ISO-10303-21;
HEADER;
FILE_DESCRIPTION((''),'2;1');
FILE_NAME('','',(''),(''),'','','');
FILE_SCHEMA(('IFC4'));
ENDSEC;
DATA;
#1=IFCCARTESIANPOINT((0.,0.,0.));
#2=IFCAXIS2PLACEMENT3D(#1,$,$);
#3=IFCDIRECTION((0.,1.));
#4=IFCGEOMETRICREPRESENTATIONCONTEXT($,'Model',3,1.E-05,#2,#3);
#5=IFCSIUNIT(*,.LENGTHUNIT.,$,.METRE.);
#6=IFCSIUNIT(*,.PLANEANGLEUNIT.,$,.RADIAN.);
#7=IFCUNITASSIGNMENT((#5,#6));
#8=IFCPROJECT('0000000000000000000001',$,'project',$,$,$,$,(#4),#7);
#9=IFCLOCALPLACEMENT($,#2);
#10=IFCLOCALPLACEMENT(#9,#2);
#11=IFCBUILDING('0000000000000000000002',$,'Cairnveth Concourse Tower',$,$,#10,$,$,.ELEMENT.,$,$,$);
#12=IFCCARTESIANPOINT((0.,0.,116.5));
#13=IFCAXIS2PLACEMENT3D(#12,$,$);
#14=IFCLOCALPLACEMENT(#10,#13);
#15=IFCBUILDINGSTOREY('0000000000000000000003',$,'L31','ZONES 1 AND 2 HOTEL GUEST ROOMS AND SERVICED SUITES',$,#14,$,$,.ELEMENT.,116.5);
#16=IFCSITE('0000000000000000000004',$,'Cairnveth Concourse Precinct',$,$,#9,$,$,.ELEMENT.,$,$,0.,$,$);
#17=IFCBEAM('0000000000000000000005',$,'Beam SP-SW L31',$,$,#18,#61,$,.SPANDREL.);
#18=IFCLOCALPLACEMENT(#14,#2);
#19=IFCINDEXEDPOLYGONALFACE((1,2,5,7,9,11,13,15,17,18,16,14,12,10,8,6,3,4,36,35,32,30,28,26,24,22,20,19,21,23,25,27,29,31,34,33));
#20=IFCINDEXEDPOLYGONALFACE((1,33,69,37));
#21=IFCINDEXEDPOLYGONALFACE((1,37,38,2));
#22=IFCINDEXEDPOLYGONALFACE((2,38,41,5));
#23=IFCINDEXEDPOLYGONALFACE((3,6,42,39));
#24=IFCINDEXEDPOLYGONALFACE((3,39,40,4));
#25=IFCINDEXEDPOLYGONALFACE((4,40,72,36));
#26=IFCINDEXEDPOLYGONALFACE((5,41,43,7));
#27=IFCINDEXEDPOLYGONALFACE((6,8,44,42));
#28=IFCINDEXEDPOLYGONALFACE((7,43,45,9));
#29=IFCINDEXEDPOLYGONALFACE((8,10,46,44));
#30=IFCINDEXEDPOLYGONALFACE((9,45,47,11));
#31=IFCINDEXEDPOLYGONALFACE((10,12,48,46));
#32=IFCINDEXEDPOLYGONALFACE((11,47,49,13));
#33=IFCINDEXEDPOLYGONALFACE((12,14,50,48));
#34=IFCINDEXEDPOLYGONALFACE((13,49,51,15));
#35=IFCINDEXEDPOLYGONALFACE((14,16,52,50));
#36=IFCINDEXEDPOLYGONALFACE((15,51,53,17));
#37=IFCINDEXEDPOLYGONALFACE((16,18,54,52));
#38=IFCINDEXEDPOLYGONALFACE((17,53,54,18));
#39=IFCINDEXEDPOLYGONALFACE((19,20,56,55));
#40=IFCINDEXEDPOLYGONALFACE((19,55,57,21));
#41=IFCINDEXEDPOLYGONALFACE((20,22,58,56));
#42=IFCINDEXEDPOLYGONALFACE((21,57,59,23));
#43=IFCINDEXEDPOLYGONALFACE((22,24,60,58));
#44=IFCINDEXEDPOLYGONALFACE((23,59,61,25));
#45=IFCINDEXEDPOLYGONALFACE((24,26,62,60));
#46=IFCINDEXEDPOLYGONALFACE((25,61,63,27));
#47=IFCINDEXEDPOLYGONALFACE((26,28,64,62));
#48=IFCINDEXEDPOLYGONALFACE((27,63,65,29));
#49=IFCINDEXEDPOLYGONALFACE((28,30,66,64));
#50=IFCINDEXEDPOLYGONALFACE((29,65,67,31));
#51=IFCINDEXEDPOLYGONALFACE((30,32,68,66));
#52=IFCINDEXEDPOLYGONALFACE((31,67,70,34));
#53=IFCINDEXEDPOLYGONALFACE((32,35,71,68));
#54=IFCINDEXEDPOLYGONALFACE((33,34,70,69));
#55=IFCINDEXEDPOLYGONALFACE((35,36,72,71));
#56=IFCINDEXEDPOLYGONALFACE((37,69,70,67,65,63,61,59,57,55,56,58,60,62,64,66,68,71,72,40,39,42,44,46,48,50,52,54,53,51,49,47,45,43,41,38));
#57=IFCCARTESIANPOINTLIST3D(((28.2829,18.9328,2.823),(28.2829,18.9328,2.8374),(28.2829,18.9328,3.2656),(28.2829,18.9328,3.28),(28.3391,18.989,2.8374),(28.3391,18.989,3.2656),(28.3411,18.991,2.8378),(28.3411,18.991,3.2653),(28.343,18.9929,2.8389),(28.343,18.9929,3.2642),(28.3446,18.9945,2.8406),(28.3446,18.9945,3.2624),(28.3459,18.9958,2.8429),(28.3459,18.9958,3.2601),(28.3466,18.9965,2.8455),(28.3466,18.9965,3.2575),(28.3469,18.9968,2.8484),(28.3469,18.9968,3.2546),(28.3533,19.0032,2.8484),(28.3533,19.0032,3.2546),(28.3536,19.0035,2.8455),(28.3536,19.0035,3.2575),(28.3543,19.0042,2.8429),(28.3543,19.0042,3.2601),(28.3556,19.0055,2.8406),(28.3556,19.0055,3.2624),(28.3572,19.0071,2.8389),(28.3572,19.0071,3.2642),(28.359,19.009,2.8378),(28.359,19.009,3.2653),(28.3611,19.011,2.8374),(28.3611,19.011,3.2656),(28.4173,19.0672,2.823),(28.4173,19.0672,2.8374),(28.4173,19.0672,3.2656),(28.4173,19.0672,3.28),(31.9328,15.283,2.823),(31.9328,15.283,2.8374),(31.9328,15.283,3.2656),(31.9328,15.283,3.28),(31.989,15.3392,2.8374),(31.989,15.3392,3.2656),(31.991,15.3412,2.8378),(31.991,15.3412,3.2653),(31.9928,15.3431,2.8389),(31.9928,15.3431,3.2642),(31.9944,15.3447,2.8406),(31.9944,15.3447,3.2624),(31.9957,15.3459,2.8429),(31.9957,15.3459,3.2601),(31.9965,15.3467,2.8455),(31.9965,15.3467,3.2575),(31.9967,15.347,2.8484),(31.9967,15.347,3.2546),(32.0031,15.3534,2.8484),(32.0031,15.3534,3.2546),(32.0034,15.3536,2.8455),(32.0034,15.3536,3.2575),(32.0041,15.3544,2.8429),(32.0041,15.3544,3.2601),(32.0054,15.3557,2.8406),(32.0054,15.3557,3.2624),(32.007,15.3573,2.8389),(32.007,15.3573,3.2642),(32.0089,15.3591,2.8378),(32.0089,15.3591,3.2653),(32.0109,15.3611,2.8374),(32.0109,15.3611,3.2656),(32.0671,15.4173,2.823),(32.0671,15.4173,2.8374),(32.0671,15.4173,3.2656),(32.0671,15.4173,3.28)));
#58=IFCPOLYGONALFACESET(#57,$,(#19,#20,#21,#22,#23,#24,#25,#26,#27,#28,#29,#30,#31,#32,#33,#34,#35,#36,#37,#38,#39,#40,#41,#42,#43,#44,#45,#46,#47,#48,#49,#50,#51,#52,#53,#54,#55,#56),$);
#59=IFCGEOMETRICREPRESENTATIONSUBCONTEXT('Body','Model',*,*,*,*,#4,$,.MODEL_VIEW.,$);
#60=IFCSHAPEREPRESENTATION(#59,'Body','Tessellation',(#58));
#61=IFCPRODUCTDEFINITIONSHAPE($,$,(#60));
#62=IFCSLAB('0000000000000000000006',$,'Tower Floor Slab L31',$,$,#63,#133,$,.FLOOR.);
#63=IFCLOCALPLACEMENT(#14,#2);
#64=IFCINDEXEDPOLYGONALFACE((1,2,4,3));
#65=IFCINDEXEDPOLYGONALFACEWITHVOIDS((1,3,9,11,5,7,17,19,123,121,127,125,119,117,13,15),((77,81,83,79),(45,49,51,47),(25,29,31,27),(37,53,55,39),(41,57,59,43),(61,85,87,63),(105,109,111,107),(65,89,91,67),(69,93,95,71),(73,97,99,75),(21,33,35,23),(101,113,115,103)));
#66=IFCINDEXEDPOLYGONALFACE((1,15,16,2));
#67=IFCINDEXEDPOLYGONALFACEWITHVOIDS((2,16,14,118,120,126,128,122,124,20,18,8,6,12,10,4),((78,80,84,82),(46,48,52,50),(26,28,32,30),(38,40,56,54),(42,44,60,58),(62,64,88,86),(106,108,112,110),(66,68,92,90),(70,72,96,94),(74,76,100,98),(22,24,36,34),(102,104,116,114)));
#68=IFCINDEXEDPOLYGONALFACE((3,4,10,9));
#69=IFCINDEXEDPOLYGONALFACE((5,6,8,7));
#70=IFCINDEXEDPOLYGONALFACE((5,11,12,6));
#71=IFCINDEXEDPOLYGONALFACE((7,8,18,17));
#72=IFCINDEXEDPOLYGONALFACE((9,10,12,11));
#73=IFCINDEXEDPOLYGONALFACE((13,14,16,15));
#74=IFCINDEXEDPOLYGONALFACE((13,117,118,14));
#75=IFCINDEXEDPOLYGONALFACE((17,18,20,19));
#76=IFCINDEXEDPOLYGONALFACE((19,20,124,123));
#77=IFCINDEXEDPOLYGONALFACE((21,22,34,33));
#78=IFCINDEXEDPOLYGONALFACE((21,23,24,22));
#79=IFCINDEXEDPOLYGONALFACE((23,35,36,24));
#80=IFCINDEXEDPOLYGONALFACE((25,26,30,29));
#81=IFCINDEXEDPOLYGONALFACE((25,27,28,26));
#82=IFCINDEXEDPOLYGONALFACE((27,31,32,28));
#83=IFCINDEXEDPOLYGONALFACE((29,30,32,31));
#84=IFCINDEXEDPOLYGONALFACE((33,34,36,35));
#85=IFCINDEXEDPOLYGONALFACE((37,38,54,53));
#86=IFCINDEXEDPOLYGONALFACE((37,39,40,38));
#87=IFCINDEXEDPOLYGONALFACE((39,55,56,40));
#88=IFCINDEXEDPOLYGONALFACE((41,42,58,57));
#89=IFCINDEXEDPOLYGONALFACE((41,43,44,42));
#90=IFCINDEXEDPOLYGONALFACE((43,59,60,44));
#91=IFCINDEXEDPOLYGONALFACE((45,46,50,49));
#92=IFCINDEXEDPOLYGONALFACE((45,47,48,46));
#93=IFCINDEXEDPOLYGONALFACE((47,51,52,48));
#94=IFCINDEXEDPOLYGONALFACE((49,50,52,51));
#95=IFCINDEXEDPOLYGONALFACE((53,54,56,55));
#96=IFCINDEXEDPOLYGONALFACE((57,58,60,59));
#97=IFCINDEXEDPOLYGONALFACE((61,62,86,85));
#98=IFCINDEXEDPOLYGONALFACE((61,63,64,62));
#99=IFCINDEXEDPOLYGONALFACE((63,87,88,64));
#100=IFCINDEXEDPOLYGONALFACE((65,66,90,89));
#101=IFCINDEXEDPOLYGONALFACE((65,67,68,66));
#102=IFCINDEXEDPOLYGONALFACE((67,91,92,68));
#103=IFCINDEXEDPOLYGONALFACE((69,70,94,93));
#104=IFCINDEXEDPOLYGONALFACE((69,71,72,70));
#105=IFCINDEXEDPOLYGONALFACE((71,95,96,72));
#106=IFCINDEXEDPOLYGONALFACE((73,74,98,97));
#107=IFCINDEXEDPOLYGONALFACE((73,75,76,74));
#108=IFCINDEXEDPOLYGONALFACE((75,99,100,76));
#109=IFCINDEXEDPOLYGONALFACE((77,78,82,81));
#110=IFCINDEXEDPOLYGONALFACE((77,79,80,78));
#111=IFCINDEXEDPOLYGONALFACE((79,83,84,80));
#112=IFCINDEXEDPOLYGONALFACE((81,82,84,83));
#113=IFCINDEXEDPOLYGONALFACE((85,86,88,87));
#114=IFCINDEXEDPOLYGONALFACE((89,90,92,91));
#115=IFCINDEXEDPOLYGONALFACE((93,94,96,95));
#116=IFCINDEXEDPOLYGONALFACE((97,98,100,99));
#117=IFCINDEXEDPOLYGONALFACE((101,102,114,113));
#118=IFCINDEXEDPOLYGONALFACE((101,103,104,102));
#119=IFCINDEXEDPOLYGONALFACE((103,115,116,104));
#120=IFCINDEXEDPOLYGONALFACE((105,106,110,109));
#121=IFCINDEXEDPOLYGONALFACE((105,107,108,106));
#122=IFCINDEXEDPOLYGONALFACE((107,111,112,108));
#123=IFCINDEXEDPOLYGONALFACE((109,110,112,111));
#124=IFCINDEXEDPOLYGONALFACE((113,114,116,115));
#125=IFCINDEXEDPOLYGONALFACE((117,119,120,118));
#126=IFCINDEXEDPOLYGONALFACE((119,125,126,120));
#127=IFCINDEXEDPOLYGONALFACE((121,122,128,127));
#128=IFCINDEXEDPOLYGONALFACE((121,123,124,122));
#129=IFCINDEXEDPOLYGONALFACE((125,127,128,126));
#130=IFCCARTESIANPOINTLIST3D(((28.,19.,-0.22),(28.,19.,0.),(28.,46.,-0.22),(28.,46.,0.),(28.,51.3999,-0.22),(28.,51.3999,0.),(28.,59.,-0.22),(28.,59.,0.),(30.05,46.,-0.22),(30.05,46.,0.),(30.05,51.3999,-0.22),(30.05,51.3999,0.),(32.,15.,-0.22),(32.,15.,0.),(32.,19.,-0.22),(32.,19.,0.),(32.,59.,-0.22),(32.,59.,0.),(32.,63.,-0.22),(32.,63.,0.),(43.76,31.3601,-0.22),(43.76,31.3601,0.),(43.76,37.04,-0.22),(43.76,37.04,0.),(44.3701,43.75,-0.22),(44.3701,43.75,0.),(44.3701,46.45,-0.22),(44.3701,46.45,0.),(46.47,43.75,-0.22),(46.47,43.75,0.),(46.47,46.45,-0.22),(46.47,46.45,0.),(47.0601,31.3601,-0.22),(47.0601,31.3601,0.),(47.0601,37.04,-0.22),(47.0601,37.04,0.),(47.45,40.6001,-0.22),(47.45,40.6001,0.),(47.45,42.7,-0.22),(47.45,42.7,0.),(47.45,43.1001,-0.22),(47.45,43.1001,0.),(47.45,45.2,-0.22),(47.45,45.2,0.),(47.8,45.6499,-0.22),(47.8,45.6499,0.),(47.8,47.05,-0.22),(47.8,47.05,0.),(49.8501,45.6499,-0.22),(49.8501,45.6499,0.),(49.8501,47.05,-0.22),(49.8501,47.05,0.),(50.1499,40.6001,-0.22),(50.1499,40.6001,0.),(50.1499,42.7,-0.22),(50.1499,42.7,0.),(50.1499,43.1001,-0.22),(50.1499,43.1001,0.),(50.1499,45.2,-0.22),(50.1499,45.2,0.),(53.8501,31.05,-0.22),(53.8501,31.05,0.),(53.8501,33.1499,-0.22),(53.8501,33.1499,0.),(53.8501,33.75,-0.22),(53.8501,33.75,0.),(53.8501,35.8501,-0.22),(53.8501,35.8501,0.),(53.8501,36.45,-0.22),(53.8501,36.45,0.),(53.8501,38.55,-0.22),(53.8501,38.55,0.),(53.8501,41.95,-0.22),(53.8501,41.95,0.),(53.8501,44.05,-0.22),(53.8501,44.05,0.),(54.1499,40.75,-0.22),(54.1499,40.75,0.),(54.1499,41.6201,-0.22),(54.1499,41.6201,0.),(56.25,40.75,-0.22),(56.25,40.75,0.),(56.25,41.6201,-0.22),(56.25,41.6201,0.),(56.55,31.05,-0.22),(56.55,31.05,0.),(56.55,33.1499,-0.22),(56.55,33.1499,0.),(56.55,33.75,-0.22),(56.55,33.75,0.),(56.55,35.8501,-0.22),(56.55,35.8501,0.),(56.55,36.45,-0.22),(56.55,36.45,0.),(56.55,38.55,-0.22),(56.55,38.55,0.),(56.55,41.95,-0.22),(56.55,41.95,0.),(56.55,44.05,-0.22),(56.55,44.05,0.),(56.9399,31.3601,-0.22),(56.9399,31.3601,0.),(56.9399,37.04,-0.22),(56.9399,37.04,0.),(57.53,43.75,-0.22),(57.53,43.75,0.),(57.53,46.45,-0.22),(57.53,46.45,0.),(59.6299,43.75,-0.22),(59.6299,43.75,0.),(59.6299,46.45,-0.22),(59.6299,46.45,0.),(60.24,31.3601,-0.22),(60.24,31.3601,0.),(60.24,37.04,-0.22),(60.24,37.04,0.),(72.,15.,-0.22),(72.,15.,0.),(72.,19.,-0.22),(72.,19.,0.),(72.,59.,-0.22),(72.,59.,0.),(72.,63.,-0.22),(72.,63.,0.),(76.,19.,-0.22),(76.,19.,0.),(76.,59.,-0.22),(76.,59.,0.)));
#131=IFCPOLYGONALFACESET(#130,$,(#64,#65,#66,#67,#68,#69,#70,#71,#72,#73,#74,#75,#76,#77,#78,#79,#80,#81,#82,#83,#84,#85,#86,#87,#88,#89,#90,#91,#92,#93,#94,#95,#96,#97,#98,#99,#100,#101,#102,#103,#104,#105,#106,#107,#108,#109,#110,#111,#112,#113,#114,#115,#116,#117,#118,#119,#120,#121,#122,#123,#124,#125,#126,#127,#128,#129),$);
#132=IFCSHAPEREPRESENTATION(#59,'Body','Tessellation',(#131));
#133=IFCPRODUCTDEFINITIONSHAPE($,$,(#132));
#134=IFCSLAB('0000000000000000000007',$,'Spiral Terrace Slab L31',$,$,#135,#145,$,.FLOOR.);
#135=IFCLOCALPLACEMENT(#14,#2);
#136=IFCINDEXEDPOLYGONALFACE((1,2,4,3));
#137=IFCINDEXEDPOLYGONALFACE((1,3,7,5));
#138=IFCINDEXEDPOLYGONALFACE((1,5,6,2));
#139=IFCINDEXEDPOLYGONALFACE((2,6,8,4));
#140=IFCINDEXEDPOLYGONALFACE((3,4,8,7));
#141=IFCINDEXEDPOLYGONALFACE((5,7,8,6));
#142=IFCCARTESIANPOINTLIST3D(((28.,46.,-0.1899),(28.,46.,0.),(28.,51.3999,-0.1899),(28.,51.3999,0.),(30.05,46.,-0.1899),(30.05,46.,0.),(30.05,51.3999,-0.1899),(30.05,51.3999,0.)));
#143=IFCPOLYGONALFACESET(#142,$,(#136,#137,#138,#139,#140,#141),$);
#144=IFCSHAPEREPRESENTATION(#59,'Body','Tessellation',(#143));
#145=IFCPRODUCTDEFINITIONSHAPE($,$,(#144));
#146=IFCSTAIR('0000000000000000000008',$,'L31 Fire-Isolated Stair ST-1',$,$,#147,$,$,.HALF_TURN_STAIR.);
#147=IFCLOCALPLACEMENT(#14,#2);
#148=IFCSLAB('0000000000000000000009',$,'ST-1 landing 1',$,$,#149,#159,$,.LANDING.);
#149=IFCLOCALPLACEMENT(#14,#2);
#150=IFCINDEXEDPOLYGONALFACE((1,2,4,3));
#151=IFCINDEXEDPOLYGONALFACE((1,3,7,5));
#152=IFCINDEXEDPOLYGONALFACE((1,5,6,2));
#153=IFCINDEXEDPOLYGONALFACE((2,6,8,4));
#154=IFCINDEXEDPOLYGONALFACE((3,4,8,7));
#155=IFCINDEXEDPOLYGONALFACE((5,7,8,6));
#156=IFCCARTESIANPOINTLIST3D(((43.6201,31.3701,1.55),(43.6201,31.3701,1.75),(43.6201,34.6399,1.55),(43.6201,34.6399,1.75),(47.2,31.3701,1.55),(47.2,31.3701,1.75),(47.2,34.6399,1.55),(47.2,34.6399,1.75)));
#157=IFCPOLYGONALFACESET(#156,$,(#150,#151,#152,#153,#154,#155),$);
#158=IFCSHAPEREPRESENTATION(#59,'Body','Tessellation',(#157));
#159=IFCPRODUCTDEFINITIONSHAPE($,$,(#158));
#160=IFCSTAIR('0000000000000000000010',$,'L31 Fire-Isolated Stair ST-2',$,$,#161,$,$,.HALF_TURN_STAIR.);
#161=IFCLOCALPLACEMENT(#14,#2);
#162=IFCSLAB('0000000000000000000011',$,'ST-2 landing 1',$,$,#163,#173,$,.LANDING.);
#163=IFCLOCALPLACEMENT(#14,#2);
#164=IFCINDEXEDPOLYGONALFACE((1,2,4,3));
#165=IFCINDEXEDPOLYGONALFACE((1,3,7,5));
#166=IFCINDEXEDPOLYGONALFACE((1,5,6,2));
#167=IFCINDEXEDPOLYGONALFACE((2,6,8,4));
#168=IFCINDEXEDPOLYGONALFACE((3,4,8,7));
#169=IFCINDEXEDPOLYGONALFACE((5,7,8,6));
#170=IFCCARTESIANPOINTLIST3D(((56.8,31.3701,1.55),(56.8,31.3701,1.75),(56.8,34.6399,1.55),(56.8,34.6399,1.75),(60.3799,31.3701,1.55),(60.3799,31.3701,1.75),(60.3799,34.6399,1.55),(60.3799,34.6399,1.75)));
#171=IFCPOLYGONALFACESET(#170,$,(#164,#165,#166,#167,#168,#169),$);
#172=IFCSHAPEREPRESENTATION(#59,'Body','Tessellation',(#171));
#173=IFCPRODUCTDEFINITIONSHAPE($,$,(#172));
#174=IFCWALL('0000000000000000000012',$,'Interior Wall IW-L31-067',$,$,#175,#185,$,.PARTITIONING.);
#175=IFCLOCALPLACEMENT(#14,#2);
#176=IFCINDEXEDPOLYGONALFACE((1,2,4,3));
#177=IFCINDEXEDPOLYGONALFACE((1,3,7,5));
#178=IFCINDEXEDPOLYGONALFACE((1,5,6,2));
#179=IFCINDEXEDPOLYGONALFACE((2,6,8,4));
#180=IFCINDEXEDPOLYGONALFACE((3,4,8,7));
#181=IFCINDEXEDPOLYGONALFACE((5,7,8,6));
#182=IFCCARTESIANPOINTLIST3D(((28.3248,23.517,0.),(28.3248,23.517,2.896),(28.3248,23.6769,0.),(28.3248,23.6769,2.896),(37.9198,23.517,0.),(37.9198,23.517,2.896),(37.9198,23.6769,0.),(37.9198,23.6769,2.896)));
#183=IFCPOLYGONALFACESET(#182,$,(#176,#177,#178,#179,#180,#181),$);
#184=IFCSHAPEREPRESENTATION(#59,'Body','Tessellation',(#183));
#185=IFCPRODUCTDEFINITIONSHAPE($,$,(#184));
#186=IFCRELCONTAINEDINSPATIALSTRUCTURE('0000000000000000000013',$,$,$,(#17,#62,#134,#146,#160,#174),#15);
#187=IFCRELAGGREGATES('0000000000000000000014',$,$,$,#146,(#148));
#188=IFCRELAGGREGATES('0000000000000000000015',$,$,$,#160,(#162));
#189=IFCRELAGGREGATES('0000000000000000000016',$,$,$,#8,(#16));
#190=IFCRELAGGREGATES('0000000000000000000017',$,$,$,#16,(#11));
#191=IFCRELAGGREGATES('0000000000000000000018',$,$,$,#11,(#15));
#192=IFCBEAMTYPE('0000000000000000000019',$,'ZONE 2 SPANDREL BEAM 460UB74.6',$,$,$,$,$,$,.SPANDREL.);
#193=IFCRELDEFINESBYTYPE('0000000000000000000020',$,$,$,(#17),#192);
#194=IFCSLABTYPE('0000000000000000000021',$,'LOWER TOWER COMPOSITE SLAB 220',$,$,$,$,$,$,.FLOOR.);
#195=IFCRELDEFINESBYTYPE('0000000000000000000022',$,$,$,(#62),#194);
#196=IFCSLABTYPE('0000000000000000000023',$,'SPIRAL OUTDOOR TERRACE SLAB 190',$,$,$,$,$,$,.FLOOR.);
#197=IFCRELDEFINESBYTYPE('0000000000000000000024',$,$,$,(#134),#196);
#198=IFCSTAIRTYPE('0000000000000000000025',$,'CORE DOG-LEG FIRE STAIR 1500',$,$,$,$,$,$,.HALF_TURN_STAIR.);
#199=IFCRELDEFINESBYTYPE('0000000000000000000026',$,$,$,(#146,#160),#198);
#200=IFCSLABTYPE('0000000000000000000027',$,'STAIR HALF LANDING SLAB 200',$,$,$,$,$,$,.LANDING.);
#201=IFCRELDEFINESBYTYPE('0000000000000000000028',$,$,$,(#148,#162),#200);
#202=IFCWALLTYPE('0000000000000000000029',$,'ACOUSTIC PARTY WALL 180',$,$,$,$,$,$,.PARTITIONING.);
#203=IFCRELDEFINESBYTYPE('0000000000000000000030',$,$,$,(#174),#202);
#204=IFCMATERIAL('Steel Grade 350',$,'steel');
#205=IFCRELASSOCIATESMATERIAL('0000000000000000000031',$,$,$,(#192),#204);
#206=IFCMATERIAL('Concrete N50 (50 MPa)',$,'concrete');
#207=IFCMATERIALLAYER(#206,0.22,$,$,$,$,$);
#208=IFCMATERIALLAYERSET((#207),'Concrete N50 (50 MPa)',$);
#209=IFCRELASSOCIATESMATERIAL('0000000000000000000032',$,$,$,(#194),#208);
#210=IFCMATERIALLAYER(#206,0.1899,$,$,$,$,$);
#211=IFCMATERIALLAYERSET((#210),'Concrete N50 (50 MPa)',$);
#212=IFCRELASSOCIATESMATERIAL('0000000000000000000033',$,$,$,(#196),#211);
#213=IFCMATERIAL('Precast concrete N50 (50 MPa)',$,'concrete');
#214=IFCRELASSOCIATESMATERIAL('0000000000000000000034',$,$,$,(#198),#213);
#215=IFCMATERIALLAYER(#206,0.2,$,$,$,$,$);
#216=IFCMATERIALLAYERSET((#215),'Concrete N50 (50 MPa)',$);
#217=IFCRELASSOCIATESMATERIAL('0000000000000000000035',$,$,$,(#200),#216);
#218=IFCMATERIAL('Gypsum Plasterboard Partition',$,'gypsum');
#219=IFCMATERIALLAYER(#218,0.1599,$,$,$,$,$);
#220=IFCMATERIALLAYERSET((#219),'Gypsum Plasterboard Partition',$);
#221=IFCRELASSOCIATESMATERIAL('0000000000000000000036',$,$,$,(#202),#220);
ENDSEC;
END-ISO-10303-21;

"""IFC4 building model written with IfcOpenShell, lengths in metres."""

from ifc_helpers import new_model, si_unit, direction, frame, frame_2d, origin, origin_2d, place, context, subcontext, project, spatial, polyline, rectangle, i_section, outline, extrude, material, layer, layer_set, material_profile, profile_set, type_object, element, aggregate, save


model = new_model("IFC4")

# Units and contexts
model_context = context("Model", 3, precision=1e-05, world=origin(), true_north=direction((0.0, 1.0)))
body_context = subcontext(model_context, "Body", "Model", "MODEL_VIEW")
ifc_project = project(units=[si_unit("LENGTHUNIT", "METRE"), si_unit("PLANEANGLEUNIT", "RADIAN")], contexts=[model_context])

# Site, building, storey
site_placement = place(None, origin())
site = spatial("IfcSite", under=ifc_project, at=site_placement, Name="Cairnveth Concourse Precinct", CompositionType="ELEMENT", RefElevation=0.0)
building_placement = place(site_placement, origin())
building = spatial("IfcBuilding", under=site, at=building_placement, Name="Cairnveth Concourse Tower", CompositionType="ELEMENT")
storey_placement = place(building_placement, frame((0.0, 0.0, 116.5)))
storey = spatial("IfcBuildingStorey", under=building, at=storey_placement, Name="L31", Description="ZONES 1 AND 2 HOTEL GUEST ROOMS AND SERVICED SUITES", CompositionType="ELEMENT", Elevation=116.5)

# Shared definitions
ifc_material_1 = material(Name="Steel Grade 350", Category="steel")

# Beam
ifc_material_profile_1 = material_profile(ifc_material_1, i_section(OverallWidth=0.1899, OverallDepth=0.457, WebThickness=0.009, FlangeThickness=0.0144, FilletRadius=0.011, at=origin_2d()), Name="460UB74.6")
ifc_profile_set_1 = profile_set([ifc_material_profile_1], Name="Steel Grade 350")
beam_type_1 = type_object("IfcBeamType", Name="ZONE 2 SPANDREL BEAM 460UB74.6", PredefinedType="SPANDREL", material=ifc_profile_set_1)
beam_1_placement = place(storey_placement, frame((28.3501, 19.0, 3.0515), z_axis=(0.707107, -0.707107, 0.0), x_axis=(0.707107, 0.707107, 0.0)))
element("IfcBeam", 1, at=beam_1_placement, inside=storey, type_object=beam_type_1, Name="Beam SP-SW L31", PredefinedType="SPANDREL", context=body_context, shape_type="SweptSolid", body=[
    extrude(i_section(OverallWidth=0.1899, OverallDepth=0.457, WebThickness=0.009, FlangeThickness=0.0144, FilletRadius=0.011, at=origin_2d()), origin(), (0.0, 0.0, 1.0), 5.1616),
])

# Slabs
ifc_material_2 = material(Name="Concrete N50 (50 MPa)", Category="concrete")
ifc_layer_1 = layer(ifc_material_2, 0.22)
ifc_layer_set_1 = layer_set([ifc_layer_1], Name="Concrete N50 (50 MPa)")
slab_type_1 = type_object("IfcSlabType", Name="LOWER TOWER COMPOSITE SLAB 220", PredefinedType="FLOOR", material=ifc_layer_set_1)
slab_1_placement = place(storey_placement, frame((0.0, 0.0, -0.22)))
element("IfcSlab", 2, at=slab_1_placement, inside=storey, type_object=slab_type_1, Name="Tower Floor Slab L31", PredefinedType="FLOOR", context=body_context, shape_type="SweptSolid", body=[
    extrude(outline(polyline([(28.0, 51.3999), (30.05, 51.3999), (30.05, 46.0), (28.0, 46.0), (28.0, 19.0), (32.0, 19.0), (32.0, 15.0), (72.0, 15.0), (72.0, 19.0), (76.0, 19.0), (76.0, 59.0), (72.0, 59.0), (72.0, 63.0), (32.0, 63.0), (32.0, 59.0), (28.0, 59.0), (28.0, 51.3999)]), holes=[polyline([(43.76, 31.3601), (47.0601, 31.3601), (47.0601, 37.04), (43.76, 37.04), (43.76, 31.3601)]), polyline([(56.9399, 31.3601), (60.24, 31.3601), (60.24, 37.04), (56.9399, 37.04), (56.9399, 31.3601)]), polyline([(44.3701, 43.75), (46.47, 43.75), (46.47, 46.45), (44.3701, 46.45), (44.3701, 43.75)]), polyline([(57.53, 43.75), (59.6299, 43.75), (59.6299, 46.45), (57.53, 46.45), (57.53, 43.75)]), polyline([(53.8501, 31.05), (56.55, 31.05), (56.55, 33.1499), (53.8501, 33.1499), (53.8501, 31.05)]), polyline([(53.8501, 33.75), (56.55, 33.75), (56.55, 35.8501), (53.8501, 35.8501), (53.8501, 33.75)]), polyline([(53.8501, 36.45), (56.55, 36.45), (56.55, 38.55), (53.8501, 38.55), (53.8501, 36.45)]), polyline([(47.45, 40.6001), (50.1499, 40.6001), (50.1499, 42.7), (47.45, 42.7), (47.45, 40.6001)]), polyline([(47.45, 43.1001), (50.1499, 43.1001), (50.1499, 45.2), (47.45, 45.2), (47.45, 43.1001)]), polyline([(53.8501, 41.95), (56.55, 41.95), (56.55, 44.05), (53.8501, 44.05), (53.8501, 41.95)]), polyline([(47.8, 45.6499), (49.8501, 45.6499), (49.8501, 47.05), (47.8, 47.05), (47.8, 45.6499)]), polyline([(54.1499, 40.75), (56.25, 40.75), (56.25, 41.6201), (54.1499, 41.6201), (54.1499, 40.75)])]), origin(), (0.0, 0.0, 1.0), 0.22),
])
ifc_layer_2 = layer(ifc_material_2, 0.1899)
ifc_layer_set_2 = layer_set([ifc_layer_2], Name="Concrete N50 (50 MPa)")
slab_type_2 = type_object("IfcSlabType", Name="SPIRAL OUTDOOR TERRACE SLAB 190", PredefinedType="FLOOR", material=ifc_layer_set_2)
slab_2_placement = place(storey_placement, frame((0.0, 0.0, -0.1899)))
element("IfcSlab", 3, at=slab_2_placement, inside=storey, type_object=slab_type_2, Name="Spiral Terrace Slab L31", PredefinedType="FLOOR", context=body_context, shape_type="SweptSolid", body=[
    extrude(outline(polyline([(28.0, 46.0), (30.05, 46.0), (30.05, 51.3999), (28.0, 51.3999), (28.0, 46.0)])), origin(), (0.0, 0.0, 1.0), 0.1899),
])

# Stairs, slabs
ifc_material_3 = material(Name="Precast concrete N50 (50 MPa)", Category="concrete")
stair_type = type_object("IfcStairType", Name="CORE DOG-LEG FIRE STAIR 1500", PredefinedType="HALF_TURN_STAIR", material=ifc_material_3)
stair_1_placement = place(storey_placement, origin())
stair_1 = element("IfcStair", 4, at=stair_1_placement, inside=storey, type_object=stair_type, Name="L31 Fire-Isolated Stair ST-1", PredefinedType="HALF_TURN_STAIR")
ifc_layer_3 = layer(ifc_material_2, 0.2)
ifc_layer_set_3 = layer_set([ifc_layer_3], Name="Concrete N50 (50 MPa)")
slab_type_3 = type_object("IfcSlabType", Name="STAIR HALF LANDING SLAB 200", PredefinedType="LANDING", material=ifc_layer_set_3)
slab_3_placement = place(storey_placement, frame((0.0, 0.0, 1.55)))
slab_3 = element("IfcSlab", 5, at=slab_3_placement, type_object=slab_type_3, Name="ST-1 landing 1", PredefinedType="LANDING", context=body_context, shape_type="SweptSolid", body=[
    extrude(outline(polyline([(43.6201, 34.6399), (43.6201, 31.3701), (47.2, 31.3701), (47.2, 34.6399), (43.6201, 34.6399)])), origin(), (0.0, 0.0, 1.0), 0.2),
])
aggregate(stair_1, [slab_3])
stair_2_placement = place(storey_placement, origin())
stair_2 = element("IfcStair", 6, at=stair_2_placement, inside=storey, type_object=stair_type, Name="L31 Fire-Isolated Stair ST-2", PredefinedType="HALF_TURN_STAIR")
slab_4_placement = place(storey_placement, frame((0.0, 0.0, 1.55)))
slab_4 = element("IfcSlab", 7, at=slab_4_placement, type_object=slab_type_3, Name="ST-2 landing 1", PredefinedType="LANDING", context=body_context, shape_type="SweptSolid", body=[
    extrude(outline(polyline([(56.8, 34.6399), (56.8, 31.3701), (60.3799, 31.3701), (60.3799, 34.6399), (56.8, 34.6399)])), origin(), (0.0, 0.0, 1.0), 0.2),
])
aggregate(stair_2, [slab_4])

# Wall
ifc_material_4 = material(Name="Gypsum Plasterboard Partition", Category="gypsum")
ifc_layer_4 = layer(ifc_material_4, 0.1599)
ifc_layer_set_4 = layer_set([ifc_layer_4], Name="Gypsum Plasterboard Partition")
wall_type_1 = type_object("IfcWallType", Name="ACOUSTIC PARTY WALL 180", PredefinedType="PARTITIONING", material=ifc_layer_set_4)
wall_1_placement = place(storey_placement, frame((28.325, 23.5969, 0.0), z_axis=(0.0, 0.0, 1.0), x_axis=(1.0, 0.0, 0.0)))
element("IfcWall", 8, at=wall_1_placement, inside=storey, type_object=wall_type_1, Name="Interior Wall IW-L31-067", PredefinedType="PARTITIONING", context=body_context, shape_type="SweptSolid", body=[
    extrude(rectangle(XDim=9.595, YDim=0.1599, at=frame_2d((4.7974, 0.0))), origin(), (0.0, 0.0, 1.0), 2.896),
])

save(model, "model.ifc")
